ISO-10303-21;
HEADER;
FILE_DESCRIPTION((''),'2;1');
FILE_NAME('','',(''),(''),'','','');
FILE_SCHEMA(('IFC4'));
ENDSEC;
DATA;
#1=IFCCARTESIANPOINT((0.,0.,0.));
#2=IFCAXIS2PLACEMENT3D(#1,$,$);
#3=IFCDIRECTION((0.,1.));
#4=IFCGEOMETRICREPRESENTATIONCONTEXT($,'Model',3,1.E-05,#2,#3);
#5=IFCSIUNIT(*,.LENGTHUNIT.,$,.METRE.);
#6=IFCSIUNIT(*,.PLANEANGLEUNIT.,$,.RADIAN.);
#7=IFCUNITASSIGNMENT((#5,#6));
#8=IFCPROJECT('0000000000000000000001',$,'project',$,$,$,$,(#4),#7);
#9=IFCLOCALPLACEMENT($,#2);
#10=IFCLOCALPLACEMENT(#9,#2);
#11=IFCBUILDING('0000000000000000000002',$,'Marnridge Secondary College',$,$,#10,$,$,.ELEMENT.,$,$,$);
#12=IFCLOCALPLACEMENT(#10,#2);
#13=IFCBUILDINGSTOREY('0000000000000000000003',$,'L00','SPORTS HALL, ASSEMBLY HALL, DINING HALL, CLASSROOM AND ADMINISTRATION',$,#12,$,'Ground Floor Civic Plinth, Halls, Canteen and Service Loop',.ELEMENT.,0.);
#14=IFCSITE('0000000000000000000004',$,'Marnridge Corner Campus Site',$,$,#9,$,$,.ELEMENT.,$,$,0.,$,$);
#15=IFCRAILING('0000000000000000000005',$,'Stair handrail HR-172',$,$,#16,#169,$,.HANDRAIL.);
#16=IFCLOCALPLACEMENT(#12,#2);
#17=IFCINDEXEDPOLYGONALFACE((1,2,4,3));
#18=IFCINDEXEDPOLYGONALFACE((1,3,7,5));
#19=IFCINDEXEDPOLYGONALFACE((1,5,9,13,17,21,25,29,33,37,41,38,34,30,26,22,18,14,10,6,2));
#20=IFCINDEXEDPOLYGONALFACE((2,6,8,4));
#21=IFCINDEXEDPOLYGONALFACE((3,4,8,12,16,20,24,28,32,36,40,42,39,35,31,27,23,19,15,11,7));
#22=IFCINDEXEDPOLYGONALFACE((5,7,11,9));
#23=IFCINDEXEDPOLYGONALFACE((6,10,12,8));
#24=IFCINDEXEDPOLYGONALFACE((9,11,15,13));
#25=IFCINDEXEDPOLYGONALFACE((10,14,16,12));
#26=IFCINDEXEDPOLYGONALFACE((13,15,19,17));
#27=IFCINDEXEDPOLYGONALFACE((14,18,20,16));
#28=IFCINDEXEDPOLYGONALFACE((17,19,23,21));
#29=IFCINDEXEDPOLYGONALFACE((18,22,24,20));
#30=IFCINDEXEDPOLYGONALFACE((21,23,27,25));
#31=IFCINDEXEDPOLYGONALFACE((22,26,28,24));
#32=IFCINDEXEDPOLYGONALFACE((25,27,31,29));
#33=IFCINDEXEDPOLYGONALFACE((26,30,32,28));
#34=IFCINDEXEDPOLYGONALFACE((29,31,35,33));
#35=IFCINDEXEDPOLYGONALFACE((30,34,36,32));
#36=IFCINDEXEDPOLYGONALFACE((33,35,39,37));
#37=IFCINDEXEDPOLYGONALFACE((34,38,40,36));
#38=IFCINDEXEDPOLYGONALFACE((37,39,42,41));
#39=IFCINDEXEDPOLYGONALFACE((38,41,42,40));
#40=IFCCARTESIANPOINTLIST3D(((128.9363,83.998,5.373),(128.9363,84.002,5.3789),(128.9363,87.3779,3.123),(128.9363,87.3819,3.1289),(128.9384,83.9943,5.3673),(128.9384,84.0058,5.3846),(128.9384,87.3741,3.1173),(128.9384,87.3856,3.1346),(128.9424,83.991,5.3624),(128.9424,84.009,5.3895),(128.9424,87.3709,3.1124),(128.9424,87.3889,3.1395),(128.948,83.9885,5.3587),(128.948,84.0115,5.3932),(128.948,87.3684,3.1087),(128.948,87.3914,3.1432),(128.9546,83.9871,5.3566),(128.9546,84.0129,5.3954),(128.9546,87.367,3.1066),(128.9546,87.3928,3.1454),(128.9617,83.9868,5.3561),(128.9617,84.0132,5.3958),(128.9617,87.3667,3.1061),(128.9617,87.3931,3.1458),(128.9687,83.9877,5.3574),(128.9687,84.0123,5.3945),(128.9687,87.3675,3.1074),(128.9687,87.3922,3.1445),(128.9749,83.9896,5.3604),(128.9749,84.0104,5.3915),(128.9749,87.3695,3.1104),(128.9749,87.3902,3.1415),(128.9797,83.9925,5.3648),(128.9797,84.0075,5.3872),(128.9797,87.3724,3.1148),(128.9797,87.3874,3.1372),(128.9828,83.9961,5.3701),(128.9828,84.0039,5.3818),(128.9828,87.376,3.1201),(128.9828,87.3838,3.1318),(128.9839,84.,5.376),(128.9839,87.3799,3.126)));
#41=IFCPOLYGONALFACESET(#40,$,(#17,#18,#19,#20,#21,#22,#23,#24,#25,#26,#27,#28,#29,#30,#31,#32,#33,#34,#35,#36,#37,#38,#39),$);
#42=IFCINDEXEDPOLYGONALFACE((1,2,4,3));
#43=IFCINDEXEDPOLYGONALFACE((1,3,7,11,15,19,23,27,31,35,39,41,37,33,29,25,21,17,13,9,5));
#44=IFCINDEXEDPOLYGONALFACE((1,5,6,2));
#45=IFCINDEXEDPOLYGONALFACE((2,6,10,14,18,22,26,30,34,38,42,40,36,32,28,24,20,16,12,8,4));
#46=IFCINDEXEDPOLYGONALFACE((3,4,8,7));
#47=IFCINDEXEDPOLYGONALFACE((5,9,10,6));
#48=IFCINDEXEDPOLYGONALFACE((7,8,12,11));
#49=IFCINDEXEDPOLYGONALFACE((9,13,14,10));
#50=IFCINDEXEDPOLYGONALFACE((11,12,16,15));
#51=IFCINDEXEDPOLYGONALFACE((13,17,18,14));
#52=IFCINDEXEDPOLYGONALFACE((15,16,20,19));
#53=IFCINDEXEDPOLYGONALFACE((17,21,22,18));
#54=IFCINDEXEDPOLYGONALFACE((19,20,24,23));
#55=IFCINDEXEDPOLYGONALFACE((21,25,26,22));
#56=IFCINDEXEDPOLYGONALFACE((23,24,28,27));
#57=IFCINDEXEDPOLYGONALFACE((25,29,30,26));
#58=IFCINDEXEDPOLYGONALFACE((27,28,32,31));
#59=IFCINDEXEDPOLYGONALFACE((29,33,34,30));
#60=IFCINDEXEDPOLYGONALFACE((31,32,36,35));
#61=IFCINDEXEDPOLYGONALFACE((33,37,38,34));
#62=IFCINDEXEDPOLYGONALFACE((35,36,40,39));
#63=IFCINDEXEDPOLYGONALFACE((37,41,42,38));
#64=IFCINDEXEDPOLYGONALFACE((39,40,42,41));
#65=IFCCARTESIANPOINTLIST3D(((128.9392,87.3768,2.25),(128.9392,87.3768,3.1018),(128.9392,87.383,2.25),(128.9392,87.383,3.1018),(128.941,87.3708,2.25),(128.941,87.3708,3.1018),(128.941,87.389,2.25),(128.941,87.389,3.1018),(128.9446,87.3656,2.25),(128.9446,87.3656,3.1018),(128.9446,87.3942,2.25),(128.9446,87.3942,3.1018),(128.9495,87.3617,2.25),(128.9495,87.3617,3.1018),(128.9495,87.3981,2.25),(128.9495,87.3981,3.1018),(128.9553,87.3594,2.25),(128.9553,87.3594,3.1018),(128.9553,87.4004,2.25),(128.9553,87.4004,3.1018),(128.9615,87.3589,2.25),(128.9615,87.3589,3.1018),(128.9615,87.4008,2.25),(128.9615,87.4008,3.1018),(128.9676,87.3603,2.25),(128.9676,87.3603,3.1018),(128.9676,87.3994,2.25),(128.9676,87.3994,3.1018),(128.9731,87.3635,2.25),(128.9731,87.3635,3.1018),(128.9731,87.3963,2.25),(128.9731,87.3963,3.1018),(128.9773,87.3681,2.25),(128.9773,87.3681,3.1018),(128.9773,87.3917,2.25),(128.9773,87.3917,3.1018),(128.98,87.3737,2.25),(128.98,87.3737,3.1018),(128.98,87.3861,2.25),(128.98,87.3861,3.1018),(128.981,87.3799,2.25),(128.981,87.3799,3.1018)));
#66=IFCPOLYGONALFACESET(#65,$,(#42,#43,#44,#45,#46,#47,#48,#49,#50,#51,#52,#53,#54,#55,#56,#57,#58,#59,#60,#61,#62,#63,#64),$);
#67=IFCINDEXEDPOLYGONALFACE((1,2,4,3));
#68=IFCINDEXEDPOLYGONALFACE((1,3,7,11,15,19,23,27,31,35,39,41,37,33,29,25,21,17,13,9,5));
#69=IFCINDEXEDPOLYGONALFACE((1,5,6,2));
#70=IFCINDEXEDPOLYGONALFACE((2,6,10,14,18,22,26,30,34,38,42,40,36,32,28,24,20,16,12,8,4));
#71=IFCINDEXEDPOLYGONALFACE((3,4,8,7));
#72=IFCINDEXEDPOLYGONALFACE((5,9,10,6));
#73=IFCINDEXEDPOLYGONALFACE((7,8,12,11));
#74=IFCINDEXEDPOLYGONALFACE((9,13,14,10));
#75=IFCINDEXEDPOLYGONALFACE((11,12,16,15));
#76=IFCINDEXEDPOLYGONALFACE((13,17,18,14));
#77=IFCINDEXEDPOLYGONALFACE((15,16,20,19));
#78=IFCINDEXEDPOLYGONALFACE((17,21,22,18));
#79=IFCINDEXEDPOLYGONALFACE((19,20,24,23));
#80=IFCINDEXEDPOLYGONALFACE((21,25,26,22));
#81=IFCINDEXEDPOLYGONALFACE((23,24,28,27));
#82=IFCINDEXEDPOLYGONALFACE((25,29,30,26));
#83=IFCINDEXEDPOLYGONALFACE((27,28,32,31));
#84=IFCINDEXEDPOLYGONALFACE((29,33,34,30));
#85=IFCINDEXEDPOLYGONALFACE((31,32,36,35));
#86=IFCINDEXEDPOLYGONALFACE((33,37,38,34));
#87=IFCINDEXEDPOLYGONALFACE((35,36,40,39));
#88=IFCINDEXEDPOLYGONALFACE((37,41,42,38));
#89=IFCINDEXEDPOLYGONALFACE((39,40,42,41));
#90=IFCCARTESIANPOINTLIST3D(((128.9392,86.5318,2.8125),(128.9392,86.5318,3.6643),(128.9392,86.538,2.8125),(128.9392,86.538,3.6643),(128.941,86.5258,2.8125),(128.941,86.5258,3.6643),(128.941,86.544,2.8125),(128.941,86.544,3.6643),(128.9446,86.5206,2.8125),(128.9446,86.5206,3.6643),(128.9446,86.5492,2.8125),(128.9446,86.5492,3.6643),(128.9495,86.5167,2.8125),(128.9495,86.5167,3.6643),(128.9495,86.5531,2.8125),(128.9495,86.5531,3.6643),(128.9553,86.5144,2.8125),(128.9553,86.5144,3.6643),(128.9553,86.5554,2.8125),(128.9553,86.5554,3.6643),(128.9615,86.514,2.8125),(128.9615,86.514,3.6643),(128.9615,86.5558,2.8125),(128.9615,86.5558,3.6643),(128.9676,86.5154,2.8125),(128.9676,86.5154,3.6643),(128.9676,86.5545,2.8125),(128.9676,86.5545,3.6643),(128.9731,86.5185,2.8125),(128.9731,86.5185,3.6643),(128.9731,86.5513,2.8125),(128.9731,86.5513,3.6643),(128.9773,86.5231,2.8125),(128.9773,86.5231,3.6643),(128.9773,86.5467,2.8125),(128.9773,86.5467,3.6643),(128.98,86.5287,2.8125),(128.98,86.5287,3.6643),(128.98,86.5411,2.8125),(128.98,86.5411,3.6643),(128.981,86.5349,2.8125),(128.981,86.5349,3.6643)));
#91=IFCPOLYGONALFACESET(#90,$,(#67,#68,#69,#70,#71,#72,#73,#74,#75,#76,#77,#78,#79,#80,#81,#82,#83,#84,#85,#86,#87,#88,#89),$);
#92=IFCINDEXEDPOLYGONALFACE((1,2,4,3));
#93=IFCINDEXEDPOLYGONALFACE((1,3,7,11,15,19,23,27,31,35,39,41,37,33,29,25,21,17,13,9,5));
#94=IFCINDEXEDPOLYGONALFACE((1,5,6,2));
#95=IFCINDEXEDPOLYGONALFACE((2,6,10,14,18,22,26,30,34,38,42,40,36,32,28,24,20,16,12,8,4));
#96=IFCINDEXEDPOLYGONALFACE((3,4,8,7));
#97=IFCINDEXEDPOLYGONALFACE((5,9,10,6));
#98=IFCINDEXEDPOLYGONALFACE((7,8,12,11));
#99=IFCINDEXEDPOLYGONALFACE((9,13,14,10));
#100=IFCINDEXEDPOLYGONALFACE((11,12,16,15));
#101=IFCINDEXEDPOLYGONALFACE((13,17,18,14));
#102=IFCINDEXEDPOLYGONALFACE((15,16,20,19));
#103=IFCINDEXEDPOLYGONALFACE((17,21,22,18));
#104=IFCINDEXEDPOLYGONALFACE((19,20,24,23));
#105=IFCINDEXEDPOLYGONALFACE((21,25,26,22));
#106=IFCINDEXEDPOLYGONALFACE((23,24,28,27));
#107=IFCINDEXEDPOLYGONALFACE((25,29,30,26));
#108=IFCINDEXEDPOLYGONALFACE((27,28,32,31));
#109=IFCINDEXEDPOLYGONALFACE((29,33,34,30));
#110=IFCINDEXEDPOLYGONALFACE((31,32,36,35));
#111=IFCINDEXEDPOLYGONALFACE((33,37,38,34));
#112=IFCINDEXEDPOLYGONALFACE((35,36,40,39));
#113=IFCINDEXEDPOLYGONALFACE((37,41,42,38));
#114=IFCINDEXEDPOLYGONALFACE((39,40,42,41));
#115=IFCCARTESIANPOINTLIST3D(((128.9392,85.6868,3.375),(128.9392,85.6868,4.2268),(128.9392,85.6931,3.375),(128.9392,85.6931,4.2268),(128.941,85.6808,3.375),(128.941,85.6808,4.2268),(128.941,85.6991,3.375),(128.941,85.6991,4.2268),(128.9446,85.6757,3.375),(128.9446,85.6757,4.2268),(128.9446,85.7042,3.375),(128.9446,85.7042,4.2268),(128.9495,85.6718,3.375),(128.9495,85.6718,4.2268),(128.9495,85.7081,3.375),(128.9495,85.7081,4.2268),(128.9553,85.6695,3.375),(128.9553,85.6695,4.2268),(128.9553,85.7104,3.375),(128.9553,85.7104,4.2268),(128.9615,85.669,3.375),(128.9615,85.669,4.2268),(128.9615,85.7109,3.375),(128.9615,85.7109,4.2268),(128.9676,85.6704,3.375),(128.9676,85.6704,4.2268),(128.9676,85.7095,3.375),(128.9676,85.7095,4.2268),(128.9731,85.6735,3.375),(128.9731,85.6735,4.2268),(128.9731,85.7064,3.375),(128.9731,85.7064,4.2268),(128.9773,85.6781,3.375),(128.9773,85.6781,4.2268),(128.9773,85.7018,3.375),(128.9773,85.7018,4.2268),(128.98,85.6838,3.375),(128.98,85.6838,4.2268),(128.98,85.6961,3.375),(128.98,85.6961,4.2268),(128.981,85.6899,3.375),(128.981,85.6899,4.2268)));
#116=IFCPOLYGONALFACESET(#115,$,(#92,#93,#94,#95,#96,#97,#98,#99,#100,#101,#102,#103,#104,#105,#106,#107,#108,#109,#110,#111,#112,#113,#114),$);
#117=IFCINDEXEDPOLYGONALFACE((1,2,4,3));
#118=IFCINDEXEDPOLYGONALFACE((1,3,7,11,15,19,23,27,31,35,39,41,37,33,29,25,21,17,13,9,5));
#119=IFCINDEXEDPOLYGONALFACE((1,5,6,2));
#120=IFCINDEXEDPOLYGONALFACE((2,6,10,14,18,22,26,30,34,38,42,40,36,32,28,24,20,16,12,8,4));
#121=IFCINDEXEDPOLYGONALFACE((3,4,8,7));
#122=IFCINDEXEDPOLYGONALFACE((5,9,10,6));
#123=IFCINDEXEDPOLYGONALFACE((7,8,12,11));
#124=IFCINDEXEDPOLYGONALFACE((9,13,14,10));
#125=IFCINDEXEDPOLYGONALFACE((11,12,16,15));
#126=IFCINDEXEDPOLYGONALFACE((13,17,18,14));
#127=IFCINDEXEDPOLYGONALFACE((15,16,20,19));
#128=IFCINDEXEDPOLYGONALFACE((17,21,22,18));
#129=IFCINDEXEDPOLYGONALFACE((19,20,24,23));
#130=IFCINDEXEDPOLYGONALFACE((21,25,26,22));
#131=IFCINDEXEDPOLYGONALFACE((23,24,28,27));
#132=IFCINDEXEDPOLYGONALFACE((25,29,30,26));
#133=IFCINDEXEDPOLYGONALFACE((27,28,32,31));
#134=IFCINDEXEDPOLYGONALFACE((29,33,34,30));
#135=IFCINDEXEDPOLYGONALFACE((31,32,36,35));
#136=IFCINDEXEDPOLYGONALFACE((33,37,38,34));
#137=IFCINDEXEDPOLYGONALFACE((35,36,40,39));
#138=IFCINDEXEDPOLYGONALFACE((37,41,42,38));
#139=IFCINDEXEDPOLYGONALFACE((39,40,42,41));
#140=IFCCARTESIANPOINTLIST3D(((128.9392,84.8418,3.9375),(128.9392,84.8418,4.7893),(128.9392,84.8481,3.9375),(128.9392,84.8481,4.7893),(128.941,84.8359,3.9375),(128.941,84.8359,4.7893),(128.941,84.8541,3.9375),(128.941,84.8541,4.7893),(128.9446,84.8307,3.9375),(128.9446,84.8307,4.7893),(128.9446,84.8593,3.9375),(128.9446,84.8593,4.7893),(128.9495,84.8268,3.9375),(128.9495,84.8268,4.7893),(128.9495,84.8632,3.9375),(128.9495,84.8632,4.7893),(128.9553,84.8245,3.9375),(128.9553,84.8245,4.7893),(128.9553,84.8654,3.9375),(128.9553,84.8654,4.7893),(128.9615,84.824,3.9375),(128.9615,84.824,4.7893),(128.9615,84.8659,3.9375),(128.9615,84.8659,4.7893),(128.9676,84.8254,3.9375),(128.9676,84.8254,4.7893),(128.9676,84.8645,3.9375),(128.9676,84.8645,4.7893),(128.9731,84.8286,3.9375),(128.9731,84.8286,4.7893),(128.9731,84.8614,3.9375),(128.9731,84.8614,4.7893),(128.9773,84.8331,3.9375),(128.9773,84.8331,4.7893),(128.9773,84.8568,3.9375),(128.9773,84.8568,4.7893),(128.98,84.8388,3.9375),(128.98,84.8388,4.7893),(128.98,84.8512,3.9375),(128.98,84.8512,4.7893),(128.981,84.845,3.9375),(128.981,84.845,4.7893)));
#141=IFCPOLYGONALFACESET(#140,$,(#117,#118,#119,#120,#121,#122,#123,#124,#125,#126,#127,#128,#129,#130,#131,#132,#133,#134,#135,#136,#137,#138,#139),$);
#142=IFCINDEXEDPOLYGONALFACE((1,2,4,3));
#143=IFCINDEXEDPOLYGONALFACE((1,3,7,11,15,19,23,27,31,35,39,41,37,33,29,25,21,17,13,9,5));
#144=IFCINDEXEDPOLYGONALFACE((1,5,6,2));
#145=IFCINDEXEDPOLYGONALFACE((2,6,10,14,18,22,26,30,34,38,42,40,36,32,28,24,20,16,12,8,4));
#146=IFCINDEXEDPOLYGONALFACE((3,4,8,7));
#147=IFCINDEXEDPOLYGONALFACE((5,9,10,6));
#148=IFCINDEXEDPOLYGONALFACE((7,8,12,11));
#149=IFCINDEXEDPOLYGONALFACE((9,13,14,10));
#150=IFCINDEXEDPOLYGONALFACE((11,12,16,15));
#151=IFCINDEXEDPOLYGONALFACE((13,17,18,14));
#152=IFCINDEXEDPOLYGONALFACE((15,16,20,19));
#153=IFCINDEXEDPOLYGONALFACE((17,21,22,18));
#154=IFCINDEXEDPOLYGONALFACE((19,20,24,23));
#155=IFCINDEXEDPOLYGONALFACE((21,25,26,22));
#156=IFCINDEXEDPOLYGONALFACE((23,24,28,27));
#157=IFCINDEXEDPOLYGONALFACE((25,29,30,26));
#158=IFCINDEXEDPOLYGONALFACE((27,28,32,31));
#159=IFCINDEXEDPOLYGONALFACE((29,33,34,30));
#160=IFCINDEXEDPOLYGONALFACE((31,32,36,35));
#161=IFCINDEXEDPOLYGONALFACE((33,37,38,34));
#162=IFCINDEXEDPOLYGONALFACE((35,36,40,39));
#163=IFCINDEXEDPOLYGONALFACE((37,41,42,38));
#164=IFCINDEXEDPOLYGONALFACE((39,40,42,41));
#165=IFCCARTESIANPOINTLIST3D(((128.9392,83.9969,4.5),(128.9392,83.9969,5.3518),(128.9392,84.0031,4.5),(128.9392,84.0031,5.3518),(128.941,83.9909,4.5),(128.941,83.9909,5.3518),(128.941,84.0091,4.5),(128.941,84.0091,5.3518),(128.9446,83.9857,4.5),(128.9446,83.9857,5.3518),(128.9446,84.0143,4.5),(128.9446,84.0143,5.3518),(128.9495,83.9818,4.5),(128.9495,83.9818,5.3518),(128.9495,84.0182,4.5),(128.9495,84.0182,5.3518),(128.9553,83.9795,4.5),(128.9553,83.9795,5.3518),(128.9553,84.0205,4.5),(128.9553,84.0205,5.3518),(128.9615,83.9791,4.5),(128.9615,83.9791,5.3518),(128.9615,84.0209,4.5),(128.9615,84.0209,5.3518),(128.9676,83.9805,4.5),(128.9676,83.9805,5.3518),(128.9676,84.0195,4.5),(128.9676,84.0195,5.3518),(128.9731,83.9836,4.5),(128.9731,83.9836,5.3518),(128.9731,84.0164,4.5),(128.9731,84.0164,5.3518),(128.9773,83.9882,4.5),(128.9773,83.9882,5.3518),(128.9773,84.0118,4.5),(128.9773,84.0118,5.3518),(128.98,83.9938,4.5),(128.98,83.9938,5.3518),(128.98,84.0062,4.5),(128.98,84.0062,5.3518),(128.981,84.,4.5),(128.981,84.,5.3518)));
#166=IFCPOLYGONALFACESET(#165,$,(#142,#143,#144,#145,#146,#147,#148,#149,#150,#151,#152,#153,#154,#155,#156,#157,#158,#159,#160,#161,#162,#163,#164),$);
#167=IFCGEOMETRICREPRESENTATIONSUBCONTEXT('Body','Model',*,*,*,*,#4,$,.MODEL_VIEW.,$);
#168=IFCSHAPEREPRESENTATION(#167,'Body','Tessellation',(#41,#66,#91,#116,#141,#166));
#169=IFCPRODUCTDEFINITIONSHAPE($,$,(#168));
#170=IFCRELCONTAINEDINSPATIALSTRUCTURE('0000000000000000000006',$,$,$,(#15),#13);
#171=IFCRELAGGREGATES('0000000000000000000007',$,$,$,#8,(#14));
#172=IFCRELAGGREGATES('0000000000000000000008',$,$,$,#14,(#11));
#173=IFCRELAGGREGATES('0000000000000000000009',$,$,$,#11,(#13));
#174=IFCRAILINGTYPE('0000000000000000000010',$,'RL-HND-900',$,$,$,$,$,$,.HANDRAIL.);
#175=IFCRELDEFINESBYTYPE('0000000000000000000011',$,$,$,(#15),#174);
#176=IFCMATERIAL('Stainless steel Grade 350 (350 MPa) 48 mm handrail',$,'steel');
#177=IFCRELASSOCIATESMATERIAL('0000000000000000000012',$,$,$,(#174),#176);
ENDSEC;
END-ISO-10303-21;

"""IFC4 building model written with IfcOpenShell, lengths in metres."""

from ifc_helpers import new_model, si_unit, direction, frame, origin, origin_2d, place, context, subcontext, project, spatial, circle, extrude, material, type_object, element, save


model = new_model("IFC4")

# Units and contexts
model_context = context("Model", 3, precision=1e-05, world=origin(), true_north=direction((0.0, 1.0)))
body_context = subcontext(model_context, "Body", "Model", "MODEL_VIEW")
ifc_project = project(units=[si_unit("LENGTHUNIT", "METRE"), si_unit("PLANEANGLEUNIT", "RADIAN")], contexts=[model_context])

# Site, building, storey
site_placement = place(None, origin())
site = spatial("IfcSite", under=ifc_project, at=site_placement, Name="Marnridge Corner Campus Site", CompositionType="ELEMENT", RefElevation=0.0)
building_placement = place(site_placement, origin())
building = spatial("IfcBuilding", under=site, at=building_placement, Name="Marnridge Secondary College", CompositionType="ELEMENT")
storey_placement = place(building_placement, origin())
storey = spatial("IfcBuildingStorey", under=building, at=storey_placement, Name="L00", Description="SPORTS HALL, ASSEMBLY HALL, DINING HALL, CLASSROOM AND ADMINISTRATION", LongName="Ground Floor Civic Plinth, Halls, Canteen and Service Loop", CompositionType="ELEMENT", Elevation=0.0)

# Railing
ifc_material_1 = material(Name="Stainless steel Grade 350 (350 MPa) 48 mm handrail", Category="steel")
railing_type_1 = type_object("IfcRailingType", Name="RL-HND-900", PredefinedType="HANDRAIL", material=ifc_material_1)
for number, where, name in (
    (1, (128.96, 87.3799, 2.25), "Stair handrail HR-172"),
):
    element("IfcRailing", number, at=place(storey_placement, frame(where)), inside=storey, type_object=railing_type_1, Name=name, PredefinedType="HANDRAIL", context=body_context, shape_type="SweptSolid", body=[
        extrude(circle(Radius=0.0239, at=origin_2d()), frame((0.0, 0.0, 0.876), z_axis=(0.0, -0.83242, 0.554145), x_axis=(1.0, 0.0, 0.0)), (0.0, 0.0, 1.0), 4.0603),
        extrude(circle(Radius=0.021, at=origin_2d()), origin(), (0.0, 0.0, 1.0), 0.8518),
        extrude(circle(Radius=0.021, at=origin_2d()), frame((0.0, -0.845, 0.5625)), (0.0, 0.0, 1.0), 0.8518),
        extrude(circle(Radius=0.021, at=origin_2d()), frame((0.0, -1.6899, 1.125)), (0.0, 0.0, 1.0), 0.8518),
        extrude(circle(Radius=0.021, at=origin_2d()), frame((0.0, -2.5349, 1.6875)), (0.0, 0.0, 1.0), 0.8518),
        extrude(circle(Radius=0.021, at=origin_2d()), frame((0.0, -3.3799, 2.25)), (0.0, 0.0, 1.0), 0.8518),
    ])

save(model, "model.ifc")
